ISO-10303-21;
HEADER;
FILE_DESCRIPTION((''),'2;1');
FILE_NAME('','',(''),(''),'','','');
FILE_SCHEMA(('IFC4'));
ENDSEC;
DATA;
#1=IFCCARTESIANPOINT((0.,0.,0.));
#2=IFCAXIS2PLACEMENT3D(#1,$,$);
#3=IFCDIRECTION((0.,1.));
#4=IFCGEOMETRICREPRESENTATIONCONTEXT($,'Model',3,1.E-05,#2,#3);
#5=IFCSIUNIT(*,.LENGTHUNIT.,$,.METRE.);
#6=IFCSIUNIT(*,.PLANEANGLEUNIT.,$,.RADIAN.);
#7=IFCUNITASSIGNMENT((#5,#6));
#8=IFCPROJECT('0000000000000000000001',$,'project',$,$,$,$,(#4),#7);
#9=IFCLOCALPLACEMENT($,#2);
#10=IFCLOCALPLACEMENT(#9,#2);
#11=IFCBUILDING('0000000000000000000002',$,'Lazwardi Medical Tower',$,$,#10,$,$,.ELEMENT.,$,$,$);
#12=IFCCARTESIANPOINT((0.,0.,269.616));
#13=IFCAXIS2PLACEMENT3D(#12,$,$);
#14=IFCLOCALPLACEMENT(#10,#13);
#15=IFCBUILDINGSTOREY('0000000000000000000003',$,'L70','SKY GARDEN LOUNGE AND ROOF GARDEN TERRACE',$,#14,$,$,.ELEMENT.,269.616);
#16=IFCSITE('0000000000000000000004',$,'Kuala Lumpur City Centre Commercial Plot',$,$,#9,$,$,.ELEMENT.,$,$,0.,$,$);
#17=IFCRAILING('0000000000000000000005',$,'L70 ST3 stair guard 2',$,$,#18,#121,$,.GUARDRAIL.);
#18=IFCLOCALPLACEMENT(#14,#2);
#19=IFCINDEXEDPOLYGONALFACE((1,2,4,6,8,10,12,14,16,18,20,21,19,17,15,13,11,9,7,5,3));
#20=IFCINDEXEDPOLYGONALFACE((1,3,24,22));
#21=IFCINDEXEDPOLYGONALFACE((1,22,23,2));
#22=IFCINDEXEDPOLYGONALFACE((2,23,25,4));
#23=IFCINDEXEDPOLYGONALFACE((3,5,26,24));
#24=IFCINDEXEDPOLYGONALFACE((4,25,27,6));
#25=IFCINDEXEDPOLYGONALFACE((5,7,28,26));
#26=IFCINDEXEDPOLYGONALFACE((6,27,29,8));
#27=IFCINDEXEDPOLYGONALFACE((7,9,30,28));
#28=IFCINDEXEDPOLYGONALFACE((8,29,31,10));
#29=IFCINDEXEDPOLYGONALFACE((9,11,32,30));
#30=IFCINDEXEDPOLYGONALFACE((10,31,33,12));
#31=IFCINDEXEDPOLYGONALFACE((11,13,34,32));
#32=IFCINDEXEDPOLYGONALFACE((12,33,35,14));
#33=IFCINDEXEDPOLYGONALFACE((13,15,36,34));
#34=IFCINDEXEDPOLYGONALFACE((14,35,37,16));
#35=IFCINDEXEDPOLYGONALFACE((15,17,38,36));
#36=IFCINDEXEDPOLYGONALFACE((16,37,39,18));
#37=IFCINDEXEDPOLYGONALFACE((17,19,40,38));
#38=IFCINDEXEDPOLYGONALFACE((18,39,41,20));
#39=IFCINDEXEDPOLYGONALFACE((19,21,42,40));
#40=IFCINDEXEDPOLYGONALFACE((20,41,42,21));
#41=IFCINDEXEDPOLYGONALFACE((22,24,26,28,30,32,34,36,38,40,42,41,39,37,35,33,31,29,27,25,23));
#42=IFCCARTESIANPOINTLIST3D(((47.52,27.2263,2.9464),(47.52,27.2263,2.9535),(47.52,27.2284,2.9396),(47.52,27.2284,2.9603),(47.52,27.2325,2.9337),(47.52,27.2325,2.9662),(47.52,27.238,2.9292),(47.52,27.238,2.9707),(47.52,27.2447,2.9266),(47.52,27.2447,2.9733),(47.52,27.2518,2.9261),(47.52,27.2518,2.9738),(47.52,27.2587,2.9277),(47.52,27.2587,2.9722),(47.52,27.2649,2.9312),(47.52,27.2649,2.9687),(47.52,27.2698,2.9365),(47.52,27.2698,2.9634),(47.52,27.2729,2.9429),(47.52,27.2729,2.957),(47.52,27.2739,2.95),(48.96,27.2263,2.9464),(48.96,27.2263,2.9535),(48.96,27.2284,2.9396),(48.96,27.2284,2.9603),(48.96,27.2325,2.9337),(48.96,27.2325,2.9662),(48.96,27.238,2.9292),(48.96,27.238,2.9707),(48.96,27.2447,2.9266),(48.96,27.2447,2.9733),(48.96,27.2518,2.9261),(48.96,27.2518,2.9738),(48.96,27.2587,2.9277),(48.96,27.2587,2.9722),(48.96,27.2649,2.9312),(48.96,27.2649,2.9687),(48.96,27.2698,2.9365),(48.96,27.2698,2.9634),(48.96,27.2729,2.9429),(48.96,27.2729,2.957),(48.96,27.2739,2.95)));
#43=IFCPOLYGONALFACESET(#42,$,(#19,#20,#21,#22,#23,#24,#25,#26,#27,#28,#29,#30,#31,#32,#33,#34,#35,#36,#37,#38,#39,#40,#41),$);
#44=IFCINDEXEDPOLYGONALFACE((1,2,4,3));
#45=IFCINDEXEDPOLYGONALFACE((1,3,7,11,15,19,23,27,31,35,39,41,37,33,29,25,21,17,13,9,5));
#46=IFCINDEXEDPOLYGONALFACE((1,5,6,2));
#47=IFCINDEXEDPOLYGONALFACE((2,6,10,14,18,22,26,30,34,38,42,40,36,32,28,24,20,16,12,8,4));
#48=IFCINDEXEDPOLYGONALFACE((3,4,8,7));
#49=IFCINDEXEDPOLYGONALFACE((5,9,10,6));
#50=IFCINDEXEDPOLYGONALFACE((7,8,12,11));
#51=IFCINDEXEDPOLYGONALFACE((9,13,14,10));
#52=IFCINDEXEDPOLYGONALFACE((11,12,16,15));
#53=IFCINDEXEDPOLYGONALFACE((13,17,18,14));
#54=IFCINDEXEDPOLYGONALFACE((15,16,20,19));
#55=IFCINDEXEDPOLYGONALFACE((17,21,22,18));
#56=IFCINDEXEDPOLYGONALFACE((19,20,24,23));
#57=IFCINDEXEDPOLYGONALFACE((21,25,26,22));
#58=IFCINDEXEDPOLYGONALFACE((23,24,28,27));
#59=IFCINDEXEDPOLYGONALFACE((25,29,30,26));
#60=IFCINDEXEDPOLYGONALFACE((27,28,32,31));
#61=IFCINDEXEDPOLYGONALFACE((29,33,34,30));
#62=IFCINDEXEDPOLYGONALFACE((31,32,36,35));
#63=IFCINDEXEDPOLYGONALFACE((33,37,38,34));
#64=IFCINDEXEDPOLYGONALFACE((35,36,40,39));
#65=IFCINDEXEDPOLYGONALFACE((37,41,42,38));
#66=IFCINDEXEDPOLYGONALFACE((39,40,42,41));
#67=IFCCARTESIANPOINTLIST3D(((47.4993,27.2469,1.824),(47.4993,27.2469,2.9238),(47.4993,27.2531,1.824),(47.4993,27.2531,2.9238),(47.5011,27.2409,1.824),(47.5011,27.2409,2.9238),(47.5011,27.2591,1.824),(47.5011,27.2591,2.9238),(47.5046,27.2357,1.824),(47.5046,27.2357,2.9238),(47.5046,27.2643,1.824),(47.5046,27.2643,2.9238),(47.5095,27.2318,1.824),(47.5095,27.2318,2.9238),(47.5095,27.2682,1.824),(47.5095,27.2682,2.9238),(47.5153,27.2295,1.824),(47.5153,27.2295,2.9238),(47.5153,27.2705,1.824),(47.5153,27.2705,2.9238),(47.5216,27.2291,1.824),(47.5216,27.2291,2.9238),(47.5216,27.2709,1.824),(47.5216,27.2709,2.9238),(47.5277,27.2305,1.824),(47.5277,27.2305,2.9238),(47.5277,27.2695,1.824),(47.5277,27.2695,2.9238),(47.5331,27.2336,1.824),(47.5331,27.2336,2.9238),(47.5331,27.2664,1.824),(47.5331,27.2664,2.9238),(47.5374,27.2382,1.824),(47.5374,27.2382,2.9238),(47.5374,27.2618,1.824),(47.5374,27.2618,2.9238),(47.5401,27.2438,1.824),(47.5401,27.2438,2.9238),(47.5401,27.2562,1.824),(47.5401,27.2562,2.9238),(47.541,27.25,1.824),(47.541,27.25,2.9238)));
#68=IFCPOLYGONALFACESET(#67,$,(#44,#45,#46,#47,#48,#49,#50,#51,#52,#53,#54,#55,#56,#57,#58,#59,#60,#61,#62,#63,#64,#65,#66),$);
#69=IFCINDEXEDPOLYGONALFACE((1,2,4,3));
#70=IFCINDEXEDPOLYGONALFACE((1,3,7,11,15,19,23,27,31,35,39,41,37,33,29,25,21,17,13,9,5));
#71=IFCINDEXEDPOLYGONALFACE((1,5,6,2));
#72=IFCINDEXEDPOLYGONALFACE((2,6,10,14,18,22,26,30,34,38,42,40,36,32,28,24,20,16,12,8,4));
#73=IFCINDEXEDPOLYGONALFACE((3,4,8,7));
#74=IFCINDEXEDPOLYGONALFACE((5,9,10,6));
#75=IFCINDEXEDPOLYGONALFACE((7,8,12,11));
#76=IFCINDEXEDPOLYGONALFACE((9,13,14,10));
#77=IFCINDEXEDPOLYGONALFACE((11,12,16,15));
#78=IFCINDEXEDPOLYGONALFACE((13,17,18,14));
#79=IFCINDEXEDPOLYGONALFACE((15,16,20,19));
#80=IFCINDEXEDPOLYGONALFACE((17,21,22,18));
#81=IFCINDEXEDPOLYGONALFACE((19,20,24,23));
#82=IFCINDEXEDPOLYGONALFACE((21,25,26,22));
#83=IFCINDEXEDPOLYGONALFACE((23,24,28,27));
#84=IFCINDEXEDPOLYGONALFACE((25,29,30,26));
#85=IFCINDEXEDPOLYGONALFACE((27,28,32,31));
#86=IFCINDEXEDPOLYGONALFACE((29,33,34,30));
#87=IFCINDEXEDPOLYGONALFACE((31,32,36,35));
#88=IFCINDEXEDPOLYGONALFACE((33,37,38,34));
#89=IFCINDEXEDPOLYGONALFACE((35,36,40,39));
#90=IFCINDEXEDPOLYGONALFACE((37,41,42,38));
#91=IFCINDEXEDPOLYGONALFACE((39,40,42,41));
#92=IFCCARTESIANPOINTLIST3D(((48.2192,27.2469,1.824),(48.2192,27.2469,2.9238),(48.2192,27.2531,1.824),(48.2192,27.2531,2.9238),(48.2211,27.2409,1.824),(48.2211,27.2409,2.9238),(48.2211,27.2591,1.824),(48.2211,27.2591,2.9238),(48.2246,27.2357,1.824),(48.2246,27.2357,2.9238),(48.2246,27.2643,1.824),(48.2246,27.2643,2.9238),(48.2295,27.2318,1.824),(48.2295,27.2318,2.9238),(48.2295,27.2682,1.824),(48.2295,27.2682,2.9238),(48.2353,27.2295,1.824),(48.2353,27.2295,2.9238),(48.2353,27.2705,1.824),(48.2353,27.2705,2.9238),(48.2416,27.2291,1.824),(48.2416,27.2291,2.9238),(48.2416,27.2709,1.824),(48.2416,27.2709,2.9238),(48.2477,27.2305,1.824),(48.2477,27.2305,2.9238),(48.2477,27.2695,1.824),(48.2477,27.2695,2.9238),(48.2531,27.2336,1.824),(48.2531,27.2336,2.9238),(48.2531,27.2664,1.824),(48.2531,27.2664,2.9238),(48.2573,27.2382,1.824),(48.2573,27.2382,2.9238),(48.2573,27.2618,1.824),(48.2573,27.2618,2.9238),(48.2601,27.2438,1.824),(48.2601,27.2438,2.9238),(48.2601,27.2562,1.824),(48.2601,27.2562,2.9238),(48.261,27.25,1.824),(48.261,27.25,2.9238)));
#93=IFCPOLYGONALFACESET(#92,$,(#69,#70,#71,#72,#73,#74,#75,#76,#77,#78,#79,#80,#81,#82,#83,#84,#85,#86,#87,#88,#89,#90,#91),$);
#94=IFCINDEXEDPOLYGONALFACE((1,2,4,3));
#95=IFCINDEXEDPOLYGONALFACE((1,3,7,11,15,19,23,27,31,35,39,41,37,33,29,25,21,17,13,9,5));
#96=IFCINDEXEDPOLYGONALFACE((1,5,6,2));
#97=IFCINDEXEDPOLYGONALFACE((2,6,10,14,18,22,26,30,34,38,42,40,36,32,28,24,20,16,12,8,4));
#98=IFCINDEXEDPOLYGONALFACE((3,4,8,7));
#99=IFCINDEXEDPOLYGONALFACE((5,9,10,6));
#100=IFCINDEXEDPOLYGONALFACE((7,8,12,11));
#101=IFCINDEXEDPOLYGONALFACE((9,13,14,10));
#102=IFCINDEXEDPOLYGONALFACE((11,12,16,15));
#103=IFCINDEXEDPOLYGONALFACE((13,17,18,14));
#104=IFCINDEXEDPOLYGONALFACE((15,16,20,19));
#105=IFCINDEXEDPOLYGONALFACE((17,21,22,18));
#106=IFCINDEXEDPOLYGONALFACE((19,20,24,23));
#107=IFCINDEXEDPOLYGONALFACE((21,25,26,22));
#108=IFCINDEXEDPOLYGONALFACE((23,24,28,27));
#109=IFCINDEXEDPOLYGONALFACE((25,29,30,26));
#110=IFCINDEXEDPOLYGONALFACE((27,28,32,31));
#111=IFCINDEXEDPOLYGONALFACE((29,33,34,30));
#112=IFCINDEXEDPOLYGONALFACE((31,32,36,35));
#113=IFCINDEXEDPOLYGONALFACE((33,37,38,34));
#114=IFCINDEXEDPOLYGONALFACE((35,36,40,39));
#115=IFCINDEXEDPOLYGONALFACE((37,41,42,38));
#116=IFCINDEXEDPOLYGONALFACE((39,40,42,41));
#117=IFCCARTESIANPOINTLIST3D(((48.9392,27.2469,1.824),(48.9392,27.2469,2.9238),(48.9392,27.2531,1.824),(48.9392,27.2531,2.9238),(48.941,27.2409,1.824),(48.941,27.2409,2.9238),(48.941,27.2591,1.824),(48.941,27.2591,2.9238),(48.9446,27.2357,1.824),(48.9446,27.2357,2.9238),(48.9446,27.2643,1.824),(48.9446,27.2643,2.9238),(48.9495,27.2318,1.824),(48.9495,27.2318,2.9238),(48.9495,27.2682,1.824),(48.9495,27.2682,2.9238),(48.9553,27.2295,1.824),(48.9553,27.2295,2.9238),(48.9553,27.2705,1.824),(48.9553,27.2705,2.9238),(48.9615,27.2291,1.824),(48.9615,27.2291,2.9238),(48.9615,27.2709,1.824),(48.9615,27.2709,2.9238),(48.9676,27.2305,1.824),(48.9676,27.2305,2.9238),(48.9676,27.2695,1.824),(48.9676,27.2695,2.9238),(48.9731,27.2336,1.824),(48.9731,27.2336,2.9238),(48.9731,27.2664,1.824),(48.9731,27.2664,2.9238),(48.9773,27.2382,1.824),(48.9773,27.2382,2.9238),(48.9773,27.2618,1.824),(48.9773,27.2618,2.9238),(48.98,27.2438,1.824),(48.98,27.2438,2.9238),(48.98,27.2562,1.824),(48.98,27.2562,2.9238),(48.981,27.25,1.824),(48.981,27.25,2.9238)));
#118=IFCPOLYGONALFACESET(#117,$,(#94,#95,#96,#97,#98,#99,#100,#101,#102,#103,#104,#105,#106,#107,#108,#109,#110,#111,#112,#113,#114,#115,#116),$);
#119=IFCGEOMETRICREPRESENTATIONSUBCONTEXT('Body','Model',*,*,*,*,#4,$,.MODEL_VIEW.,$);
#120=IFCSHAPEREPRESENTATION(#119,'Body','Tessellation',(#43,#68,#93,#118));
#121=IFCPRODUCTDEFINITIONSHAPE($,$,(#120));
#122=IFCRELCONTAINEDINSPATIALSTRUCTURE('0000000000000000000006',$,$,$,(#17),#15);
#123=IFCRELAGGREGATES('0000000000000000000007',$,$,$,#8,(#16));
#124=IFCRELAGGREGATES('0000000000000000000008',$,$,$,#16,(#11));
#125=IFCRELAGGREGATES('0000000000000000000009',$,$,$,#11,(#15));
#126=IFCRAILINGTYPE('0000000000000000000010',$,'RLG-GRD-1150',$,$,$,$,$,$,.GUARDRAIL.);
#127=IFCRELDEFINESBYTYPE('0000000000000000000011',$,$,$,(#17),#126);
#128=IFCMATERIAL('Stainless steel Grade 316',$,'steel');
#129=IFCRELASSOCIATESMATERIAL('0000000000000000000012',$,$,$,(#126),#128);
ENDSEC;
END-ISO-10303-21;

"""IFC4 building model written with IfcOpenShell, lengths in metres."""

from ifc_helpers import new_model, si_unit, direction, frame, origin, origin_2d, place, context, subcontext, project, spatial, circle, extrude, material, type_object, element, save


model = new_model("IFC4")

# Units and contexts
model_context = context("Model", 3, precision=1e-05, world=origin(), true_north=direction((0.0, 1.0)))
body_context = subcontext(model_context, "Body", "Model", "MODEL_VIEW")
ifc_project = project(units=[si_unit("LENGTHUNIT", "METRE"), si_unit("PLANEANGLEUNIT", "RADIAN")], contexts=[model_context])

# Site, building, storey
site_placement = place(None, origin())
site = spatial("IfcSite", under=ifc_project, at=site_placement, Name="Kuala Lumpur City Centre Commercial Plot", CompositionType="ELEMENT", RefElevation=0.0)
building_placement = place(site_placement, origin())
building = spatial("IfcBuilding", under=site, at=building_placement, Name="Lazwardi Medical Tower", CompositionType="ELEMENT")
storey_placement = place(building_placement, frame((0.0, 0.0, 269.616)))
storey = spatial("IfcBuildingStorey", under=building, at=storey_placement, Name="L70", Description="SKY GARDEN LOUNGE AND ROOF GARDEN TERRACE", CompositionType="ELEMENT", Elevation=269.616)

# Railing
ifc_material_1 = material(Name="Stainless steel Grade 316", Category="steel")
railing_type_1 = type_object("IfcRailingType", Name="RLG-GRD-1150", PredefinedType="GUARDRAIL", material=ifc_material_1)
railing_1_placement = place(storey_placement, frame((47.52, 27.25, 1.824)))
element("IfcRailing", 1, at=railing_1_placement, inside=storey, type_object=railing_type_1, Name="L70 ST3 stair guard 2", PredefinedType="GUARDRAIL", context=body_context, shape_type="SweptSolid", body=[
    extrude(circle(Radius=0.0239, at=origin_2d()), frame((0.0, 0.0, 1.126), z_axis=(1.0, 0.0, 0.0), x_axis=(0.0, 1.0, 0.0)), (0.0, 0.0, 1.0), 1.4399),
    extrude(circle(Radius=0.021, at=origin_2d()), origin(), (0.0, 0.0, 1.0), 1.0999),
    extrude(circle(Radius=0.021, at=origin_2d()), frame((0.72, 0.0, 0.0)), (0.0, 0.0, 1.0), 1.0999),
    extrude(circle(Radius=0.021, at=origin_2d()), frame((1.4399, 0.0, 0.0)), (0.0, 0.0, 1.0), 1.0999),
])

save(model, "model.ifc")
